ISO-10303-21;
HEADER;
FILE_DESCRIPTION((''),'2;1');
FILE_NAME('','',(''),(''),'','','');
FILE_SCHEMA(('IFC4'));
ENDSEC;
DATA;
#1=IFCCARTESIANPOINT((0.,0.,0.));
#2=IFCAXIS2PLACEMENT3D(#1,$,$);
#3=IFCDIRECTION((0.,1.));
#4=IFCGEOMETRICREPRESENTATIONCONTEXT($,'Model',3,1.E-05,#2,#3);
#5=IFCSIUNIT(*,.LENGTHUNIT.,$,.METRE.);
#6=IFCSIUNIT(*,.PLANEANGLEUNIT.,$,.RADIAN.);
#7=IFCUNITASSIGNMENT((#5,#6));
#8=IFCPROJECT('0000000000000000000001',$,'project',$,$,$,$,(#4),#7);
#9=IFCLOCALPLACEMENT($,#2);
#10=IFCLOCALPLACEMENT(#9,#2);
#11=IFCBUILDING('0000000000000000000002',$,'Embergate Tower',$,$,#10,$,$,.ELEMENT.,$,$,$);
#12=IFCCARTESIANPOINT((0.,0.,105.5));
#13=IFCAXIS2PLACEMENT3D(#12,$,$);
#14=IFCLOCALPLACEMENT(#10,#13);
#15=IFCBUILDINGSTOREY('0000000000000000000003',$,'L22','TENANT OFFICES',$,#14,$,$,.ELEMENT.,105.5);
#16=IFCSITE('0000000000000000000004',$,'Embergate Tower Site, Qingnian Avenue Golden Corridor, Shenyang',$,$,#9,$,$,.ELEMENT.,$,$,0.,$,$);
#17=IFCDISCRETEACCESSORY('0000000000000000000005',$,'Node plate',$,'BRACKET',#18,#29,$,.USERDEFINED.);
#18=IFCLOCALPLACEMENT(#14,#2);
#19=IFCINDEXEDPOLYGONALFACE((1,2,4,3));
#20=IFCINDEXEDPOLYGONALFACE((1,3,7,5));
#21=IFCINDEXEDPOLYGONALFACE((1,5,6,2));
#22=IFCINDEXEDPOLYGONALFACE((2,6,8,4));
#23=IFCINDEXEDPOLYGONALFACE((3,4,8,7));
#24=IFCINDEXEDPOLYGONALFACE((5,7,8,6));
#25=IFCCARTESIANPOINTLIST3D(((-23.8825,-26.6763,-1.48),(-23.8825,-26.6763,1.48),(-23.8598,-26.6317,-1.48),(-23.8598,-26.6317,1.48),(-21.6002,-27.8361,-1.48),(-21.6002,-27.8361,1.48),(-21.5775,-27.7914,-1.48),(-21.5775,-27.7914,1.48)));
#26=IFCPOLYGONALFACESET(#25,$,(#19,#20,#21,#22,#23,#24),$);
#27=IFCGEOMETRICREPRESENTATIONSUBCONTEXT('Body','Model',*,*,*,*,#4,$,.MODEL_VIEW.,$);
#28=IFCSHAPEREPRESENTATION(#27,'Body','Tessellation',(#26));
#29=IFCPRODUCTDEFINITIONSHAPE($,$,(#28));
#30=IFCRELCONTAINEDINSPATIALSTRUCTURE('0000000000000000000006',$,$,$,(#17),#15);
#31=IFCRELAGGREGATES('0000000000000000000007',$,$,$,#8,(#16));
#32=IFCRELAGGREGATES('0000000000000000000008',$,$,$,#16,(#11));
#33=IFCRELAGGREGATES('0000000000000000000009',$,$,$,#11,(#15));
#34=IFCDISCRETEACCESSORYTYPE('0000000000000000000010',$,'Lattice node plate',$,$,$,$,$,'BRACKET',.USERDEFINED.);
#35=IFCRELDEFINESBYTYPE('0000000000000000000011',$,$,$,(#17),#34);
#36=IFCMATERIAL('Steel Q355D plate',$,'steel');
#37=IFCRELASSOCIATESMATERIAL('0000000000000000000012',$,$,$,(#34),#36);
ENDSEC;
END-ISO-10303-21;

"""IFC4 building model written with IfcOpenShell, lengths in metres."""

from ifc_helpers import new_model, si_unit, direction, frame, origin, origin_2d, place, context, subcontext, project, spatial, rectangle, extrude, source, transform, mapped, material, type_object, element, save


model = new_model("IFC4")

# Units and contexts
model_context = context("Model", 3, precision=1e-05, world=origin(), true_north=direction((0.0, 1.0)))
body_context = subcontext(model_context, "Body", "Model", "MODEL_VIEW")
ifc_project = project(units=[si_unit("LENGTHUNIT", "METRE"), si_unit("PLANEANGLEUNIT", "RADIAN")], contexts=[model_context])

# Site, building, storey
site_placement = place(None, origin())
site = spatial("IfcSite", under=ifc_project, at=site_placement, Name="Embergate Tower Site, Qingnian Avenue Golden Corridor, Shenyang", CompositionType="ELEMENT", RefElevation=0.0)
building_placement = place(site_placement, origin())
building = spatial("IfcBuilding", under=site, at=building_placement, Name="Embergate Tower", CompositionType="ELEMENT")
storey_placement = place(building_placement, frame((0.0, 0.0, 105.5)))
storey = spatial("IfcBuildingStorey", under=building, at=storey_placement, Name="L22", Description="TENANT OFFICES", CompositionType="ELEMENT", Elevation=105.5)

# Discrete accessory
ifc_material_1 = material(Name="Steel Q355D plate", Category="steel")
discrete_accessory_type = type_object("IfcDiscreteAccessoryType", Name="Lattice node plate", ElementType="BRACKET", PredefinedType="USERDEFINED", material=ifc_material_1)
shared_shape_1 = source(origin(), body_context, "Body", "SweptSolid", [
    extrude(rectangle(XDim=2.5601, YDim=0.05, at=origin_2d()), origin(), (0.0, 0.0, 1.0), 2.96),
])
discrete_accessory_placement = place(storey_placement, frame((-22.73, -27.2339, -1.48), z_axis=(0.0, 0.0, 1.0), x_axis=(0.891505, -0.453011, 0.0)))
element("IfcDiscreteAccessory", 1, at=discrete_accessory_placement, inside=storey, type_object=discrete_accessory_type, Name="Node plate", ObjectType="BRACKET", PredefinedType="USERDEFINED", context=body_context, shape_type="MappedRepresentation", body=[
    mapped(shared_shape_1, transform((0.0, 0.0, 0.0))),
])

save(model, "model.ifc")
